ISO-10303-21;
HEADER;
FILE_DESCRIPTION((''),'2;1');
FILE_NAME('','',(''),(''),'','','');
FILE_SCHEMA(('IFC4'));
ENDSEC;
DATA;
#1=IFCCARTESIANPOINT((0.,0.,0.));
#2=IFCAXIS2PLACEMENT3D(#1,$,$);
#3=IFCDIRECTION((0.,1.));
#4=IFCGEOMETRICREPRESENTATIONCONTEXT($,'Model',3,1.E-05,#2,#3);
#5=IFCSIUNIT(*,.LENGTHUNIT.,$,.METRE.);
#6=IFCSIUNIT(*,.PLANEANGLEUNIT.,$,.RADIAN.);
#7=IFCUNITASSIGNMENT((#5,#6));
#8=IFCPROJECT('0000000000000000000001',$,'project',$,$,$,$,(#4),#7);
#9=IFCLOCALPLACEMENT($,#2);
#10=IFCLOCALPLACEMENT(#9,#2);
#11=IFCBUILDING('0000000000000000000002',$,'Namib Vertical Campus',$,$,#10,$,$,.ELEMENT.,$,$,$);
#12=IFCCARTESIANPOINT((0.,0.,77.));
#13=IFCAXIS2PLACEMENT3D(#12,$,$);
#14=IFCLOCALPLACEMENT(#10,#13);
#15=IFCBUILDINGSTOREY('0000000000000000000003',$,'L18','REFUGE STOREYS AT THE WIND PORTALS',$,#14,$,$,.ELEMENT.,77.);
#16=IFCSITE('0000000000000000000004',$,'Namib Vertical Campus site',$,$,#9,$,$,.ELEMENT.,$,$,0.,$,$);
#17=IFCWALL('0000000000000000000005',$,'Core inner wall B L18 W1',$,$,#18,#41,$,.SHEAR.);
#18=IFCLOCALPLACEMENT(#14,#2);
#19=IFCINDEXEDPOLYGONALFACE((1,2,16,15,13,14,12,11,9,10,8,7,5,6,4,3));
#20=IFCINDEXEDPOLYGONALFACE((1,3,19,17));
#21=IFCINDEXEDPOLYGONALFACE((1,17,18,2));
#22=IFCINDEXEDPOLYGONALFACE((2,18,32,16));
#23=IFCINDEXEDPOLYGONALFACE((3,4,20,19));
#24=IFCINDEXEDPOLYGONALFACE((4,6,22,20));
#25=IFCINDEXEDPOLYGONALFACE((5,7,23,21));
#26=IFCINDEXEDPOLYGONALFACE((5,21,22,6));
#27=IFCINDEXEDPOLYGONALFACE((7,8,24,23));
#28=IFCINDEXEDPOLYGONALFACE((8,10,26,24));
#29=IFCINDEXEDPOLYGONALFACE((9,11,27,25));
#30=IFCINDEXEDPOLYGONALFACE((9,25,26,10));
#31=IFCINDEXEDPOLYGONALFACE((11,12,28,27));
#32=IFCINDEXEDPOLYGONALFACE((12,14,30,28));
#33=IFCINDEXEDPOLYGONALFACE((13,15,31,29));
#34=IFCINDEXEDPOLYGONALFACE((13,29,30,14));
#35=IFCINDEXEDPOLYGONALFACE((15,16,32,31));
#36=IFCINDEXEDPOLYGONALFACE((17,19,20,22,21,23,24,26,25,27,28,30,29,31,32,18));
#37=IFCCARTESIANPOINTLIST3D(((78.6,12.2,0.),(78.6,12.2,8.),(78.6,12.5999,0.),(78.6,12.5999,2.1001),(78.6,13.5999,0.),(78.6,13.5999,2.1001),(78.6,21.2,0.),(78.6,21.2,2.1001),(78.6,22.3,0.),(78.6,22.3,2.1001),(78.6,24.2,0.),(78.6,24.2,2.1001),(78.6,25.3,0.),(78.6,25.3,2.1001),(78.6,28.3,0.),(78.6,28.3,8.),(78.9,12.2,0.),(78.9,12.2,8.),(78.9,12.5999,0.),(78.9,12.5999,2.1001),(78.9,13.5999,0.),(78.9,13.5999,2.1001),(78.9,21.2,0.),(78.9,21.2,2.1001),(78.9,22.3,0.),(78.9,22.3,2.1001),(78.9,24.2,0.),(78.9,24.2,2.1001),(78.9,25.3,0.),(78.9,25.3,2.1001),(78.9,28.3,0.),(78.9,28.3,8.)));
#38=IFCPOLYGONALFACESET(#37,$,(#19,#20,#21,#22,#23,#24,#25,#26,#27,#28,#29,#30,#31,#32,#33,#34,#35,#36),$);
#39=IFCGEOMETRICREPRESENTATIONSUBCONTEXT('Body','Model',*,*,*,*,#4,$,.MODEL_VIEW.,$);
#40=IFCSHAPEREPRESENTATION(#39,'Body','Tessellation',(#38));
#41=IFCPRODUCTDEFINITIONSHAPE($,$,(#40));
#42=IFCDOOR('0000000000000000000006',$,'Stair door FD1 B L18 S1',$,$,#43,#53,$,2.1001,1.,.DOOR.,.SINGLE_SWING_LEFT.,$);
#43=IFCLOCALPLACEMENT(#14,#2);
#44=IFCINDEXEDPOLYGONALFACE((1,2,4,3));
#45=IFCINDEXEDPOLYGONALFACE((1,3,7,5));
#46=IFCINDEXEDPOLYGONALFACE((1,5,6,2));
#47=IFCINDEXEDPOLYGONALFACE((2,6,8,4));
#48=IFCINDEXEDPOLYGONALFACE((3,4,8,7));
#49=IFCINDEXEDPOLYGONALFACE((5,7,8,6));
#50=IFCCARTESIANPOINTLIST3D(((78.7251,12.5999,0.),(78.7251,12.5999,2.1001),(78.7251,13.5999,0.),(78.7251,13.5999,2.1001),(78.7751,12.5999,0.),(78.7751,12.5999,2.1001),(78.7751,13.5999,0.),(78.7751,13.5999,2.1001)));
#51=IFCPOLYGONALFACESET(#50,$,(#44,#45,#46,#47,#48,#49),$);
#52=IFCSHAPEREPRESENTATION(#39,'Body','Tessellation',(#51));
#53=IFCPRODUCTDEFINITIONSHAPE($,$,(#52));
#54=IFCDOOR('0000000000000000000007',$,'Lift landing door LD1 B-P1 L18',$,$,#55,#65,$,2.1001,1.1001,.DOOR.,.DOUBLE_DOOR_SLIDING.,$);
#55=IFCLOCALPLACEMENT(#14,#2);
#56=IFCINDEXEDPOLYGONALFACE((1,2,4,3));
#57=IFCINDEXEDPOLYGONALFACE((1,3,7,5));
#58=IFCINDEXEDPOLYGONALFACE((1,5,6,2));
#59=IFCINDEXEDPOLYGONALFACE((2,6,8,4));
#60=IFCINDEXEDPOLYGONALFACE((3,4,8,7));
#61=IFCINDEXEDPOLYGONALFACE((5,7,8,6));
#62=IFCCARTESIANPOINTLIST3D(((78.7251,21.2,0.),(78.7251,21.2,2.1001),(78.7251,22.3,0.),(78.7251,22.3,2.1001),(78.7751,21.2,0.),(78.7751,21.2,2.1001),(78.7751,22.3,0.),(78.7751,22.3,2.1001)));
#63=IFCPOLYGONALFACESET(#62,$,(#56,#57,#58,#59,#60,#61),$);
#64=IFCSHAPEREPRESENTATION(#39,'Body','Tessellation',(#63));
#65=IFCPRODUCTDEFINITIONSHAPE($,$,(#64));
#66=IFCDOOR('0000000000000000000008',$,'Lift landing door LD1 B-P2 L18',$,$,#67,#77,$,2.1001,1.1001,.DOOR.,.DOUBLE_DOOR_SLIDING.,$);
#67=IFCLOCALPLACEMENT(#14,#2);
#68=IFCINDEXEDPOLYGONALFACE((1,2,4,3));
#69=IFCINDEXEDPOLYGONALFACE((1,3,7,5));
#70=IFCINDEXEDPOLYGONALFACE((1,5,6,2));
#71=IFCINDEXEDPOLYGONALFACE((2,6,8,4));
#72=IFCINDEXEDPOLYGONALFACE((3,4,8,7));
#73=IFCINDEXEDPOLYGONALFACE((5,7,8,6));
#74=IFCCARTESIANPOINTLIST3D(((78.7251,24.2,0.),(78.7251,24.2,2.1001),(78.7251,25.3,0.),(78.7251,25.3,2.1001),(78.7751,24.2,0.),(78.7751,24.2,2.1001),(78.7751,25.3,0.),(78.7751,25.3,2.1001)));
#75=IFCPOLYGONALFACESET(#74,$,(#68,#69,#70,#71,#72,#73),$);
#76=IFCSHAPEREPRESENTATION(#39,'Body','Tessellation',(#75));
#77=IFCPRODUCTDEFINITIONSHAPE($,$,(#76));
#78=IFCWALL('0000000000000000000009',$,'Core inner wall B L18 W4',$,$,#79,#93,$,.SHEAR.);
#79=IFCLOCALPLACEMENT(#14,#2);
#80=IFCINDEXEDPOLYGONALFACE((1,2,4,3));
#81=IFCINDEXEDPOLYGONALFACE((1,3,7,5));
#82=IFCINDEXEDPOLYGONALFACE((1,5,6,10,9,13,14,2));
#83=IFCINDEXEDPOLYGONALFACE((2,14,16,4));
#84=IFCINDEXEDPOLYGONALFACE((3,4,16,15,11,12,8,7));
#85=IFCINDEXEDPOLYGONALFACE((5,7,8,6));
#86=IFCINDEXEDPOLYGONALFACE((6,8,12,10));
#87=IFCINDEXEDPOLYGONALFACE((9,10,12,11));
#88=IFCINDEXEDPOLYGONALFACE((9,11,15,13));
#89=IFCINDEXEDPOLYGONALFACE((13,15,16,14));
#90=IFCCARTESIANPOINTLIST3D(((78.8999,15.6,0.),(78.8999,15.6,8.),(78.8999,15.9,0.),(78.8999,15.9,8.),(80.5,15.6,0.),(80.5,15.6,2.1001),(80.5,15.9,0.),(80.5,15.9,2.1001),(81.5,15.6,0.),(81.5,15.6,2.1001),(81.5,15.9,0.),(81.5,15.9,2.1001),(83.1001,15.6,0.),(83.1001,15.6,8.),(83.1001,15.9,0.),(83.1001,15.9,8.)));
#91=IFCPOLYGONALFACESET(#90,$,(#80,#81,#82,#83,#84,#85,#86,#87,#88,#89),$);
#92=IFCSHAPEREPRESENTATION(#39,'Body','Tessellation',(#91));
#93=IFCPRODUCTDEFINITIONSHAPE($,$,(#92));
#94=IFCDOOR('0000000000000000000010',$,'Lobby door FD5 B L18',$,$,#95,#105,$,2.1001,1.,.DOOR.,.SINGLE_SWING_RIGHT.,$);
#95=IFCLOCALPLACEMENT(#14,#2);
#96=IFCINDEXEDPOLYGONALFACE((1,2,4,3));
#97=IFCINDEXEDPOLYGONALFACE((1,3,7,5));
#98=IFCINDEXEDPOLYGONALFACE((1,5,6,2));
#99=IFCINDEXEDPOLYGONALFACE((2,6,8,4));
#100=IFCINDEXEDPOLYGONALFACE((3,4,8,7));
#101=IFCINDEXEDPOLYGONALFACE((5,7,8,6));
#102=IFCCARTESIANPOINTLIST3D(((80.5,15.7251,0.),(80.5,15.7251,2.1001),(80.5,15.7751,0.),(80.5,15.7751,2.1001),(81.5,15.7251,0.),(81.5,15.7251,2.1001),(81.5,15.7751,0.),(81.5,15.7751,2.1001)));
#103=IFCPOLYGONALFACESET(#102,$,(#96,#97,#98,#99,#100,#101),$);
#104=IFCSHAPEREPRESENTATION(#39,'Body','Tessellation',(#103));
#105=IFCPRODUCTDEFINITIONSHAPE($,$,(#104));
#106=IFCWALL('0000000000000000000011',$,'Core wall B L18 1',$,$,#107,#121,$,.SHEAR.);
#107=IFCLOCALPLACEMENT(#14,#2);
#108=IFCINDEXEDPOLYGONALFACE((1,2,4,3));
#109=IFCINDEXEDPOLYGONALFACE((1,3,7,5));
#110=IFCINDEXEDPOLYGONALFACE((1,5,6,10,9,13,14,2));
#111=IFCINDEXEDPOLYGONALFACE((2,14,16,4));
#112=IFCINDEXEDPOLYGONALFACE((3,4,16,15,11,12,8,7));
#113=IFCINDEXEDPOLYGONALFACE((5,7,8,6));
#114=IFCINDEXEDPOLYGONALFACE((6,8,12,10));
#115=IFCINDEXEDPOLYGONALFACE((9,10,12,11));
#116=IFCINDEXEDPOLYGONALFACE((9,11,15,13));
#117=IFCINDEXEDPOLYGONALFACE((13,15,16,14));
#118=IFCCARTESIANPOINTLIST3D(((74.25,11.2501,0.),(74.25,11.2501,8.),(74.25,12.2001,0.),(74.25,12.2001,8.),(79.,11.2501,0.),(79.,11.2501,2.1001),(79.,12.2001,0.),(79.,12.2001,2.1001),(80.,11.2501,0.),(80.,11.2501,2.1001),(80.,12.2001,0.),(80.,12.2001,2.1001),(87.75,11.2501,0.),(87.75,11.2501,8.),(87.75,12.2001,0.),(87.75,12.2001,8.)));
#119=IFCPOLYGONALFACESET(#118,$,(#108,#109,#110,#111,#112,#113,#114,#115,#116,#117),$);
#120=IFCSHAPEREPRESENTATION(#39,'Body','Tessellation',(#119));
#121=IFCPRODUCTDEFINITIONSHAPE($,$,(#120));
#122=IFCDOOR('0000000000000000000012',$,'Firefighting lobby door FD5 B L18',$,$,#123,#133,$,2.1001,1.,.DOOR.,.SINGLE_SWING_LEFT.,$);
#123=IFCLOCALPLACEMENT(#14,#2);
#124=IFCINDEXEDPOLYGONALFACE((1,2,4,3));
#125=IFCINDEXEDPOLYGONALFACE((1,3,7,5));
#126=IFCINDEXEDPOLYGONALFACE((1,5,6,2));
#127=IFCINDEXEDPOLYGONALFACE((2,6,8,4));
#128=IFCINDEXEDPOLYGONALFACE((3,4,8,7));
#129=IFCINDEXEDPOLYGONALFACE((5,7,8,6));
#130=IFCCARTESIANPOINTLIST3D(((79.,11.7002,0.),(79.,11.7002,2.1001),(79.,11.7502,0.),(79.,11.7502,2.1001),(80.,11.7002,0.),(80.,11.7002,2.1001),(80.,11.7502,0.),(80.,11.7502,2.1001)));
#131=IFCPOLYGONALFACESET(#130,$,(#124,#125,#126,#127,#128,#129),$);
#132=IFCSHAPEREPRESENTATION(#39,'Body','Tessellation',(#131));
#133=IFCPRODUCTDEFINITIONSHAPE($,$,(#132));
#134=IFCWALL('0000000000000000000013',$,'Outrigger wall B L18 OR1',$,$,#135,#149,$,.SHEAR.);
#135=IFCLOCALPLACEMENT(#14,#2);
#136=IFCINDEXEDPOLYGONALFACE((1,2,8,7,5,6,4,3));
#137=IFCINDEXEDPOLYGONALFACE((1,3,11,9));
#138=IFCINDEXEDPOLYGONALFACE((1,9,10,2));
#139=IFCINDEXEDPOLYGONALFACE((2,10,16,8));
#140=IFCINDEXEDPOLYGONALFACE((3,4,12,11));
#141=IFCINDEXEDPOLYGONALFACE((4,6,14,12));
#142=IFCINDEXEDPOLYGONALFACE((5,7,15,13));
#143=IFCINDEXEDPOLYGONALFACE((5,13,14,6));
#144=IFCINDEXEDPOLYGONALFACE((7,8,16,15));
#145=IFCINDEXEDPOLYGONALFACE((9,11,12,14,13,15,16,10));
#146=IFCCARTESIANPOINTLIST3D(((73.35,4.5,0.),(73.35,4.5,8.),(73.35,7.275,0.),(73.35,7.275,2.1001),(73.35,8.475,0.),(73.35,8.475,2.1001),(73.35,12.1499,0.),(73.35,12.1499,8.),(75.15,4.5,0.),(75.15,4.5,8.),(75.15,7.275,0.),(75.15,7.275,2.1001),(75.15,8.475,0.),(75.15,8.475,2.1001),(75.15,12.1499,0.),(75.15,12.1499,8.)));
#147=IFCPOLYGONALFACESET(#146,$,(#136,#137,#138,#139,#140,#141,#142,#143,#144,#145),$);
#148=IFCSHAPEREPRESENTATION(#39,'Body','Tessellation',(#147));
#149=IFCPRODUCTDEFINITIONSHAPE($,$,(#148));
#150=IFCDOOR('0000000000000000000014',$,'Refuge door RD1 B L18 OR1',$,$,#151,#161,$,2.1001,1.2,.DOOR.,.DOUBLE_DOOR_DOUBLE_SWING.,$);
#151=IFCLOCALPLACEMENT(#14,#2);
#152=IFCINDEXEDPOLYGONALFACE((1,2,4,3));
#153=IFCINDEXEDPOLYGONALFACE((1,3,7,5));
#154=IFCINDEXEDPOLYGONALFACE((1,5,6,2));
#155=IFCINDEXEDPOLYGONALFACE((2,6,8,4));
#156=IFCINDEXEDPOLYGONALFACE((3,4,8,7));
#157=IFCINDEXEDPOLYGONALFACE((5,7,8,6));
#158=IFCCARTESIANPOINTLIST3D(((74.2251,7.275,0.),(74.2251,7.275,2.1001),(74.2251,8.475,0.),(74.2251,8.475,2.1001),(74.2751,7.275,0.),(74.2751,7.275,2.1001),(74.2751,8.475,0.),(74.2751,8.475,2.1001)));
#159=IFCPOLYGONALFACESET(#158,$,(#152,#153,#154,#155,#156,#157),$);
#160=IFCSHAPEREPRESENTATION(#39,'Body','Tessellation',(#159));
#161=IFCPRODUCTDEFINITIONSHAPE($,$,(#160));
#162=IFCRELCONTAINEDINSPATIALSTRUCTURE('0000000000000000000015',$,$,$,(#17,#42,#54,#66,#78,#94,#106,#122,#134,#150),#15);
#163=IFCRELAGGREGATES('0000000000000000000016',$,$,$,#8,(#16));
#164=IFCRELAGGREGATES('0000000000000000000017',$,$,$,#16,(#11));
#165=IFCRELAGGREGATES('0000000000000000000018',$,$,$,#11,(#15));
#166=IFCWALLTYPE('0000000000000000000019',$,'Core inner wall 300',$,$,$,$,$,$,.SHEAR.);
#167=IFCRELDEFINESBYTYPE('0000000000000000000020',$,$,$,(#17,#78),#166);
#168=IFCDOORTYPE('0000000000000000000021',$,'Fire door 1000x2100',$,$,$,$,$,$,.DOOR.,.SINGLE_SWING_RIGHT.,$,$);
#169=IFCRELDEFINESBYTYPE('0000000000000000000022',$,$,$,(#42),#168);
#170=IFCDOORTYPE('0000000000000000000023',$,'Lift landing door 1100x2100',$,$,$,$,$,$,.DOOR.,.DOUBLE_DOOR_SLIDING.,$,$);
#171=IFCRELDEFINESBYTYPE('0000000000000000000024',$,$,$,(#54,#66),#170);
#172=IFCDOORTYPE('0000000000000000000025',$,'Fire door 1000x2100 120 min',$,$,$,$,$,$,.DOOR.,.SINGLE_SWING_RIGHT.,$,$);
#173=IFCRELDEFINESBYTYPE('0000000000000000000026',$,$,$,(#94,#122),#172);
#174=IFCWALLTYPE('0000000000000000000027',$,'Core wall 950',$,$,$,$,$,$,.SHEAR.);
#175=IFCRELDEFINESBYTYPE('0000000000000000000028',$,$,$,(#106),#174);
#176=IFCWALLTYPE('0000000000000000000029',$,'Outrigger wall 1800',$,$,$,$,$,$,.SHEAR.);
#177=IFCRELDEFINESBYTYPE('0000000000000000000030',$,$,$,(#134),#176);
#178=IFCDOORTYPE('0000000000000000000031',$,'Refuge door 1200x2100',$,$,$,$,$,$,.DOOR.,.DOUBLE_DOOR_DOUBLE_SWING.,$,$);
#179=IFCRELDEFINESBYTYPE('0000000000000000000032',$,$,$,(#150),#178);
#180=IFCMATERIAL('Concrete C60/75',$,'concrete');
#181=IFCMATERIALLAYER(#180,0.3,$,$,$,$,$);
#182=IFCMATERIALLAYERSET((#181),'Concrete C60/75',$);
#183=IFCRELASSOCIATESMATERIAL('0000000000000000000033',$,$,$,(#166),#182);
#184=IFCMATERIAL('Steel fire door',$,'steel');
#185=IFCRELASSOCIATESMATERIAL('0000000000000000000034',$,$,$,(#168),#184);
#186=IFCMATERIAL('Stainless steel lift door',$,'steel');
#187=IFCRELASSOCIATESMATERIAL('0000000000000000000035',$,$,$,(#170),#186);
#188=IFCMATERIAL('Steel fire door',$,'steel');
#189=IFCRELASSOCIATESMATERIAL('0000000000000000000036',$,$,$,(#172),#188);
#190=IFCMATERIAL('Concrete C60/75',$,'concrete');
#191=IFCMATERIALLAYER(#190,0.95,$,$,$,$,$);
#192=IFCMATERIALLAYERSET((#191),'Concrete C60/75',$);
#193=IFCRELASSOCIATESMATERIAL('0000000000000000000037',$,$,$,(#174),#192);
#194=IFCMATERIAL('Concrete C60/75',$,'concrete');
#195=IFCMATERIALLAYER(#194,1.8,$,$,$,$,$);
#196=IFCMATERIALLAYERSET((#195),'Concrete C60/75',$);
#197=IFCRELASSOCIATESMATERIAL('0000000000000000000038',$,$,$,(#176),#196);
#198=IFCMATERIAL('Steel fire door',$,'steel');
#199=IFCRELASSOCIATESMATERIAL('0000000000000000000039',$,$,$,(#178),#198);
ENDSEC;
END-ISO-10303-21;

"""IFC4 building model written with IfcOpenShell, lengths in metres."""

from ifc_helpers import new_model, si_unit, direction, frame, frame_2d, origin, place, context, subcontext, project, spatial, rectangle, extrude, material, layer, layer_set, type_object, element, fill, save


model = new_model("IFC4")

# Units and contexts
model_context = context("Model", 3, precision=1e-05, world=origin(), true_north=direction((0.0, 1.0)))
body_context = subcontext(model_context, "Body", "Model", "MODEL_VIEW")
ifc_project = project(units=[si_unit("LENGTHUNIT", "METRE"), si_unit("PLANEANGLEUNIT", "RADIAN")], contexts=[model_context])

# Site, building, storey
site_placement = place(None, origin())
site = spatial("IfcSite", under=ifc_project, at=site_placement, Name="Namib Vertical Campus site", CompositionType="ELEMENT", RefElevation=0.0)
building_placement = place(site_placement, origin())
building = spatial("IfcBuilding", under=site, at=building_placement, Name="Namib Vertical Campus", CompositionType="ELEMENT")
storey_placement = place(building_placement, frame((0.0, 0.0, 77.0)))
storey = spatial("IfcBuildingStorey", under=building, at=storey_placement, Name="L18", Description="REFUGE STOREYS AT THE WIND PORTALS", CompositionType="ELEMENT", Elevation=77.0)

# Wall, openings, doors
ifc_material_1 = material(Name="Concrete C60/75", Category="concrete")
ifc_layer_1 = layer(ifc_material_1, 0.3)
ifc_layer_set_1 = layer_set([ifc_layer_1], Name="Concrete C60/75")
wall_type_1 = type_object("IfcWallType", Name="Core inner wall 300", PredefinedType="SHEAR", material=ifc_layer_set_1)
wall_1_placement = place(storey_placement, frame((78.75, 12.2, 0.0), z_axis=(0.0, 0.0, 1.0), x_axis=(0.0, 1.0, 0.0)))
wall_1 = element("IfcWall", 1, at=wall_1_placement, inside=storey, type_object=wall_type_1, Name="Core inner wall B L18 W1", PredefinedType="SHEAR", context=body_context, shape_type="SweptSolid", body=[
    extrude(rectangle(XDim=16.1001, YDim=0.3, at=frame_2d((8.05, 0.0))), origin(), (0.0, 0.0, 1.0), 8.0),
])
opening_1_placement = place(wall_1_placement, frame((0.3999, 0.0, 0.0)))
opening_1 = element("IfcOpeningElement", 2, at=opening_1_placement, cuts=wall_1, PredefinedType="OPENING", context=body_context, shape_type="SweptSolid", body=[
    extrude(rectangle(XDim=1.0, YDim=2.1001, at=frame_2d((0.5, 1.05))), frame((0.0, 0.1599, 0.0), z_axis=(0.0, -1.0, 0.0), x_axis=(1.0, 0.0, 0.0)), (0.0, 0.0, 1.0), 0.3201),
])
opening_2_placement = place(wall_1_placement, frame((9.0, 0.0, 0.0)))
opening_2 = element("IfcOpeningElement", 3, at=opening_2_placement, cuts=wall_1, PredefinedType="OPENING", context=body_context, shape_type="SweptSolid", body=[
    extrude(rectangle(XDim=1.1001, YDim=2.1001, at=frame_2d((0.55, 1.05))), frame((0.0, 0.1599, 0.0), z_axis=(0.0, -1.0, 0.0), x_axis=(1.0, 0.0, 0.0)), (0.0, 0.0, 1.0), 0.3201),
])
opening_3_placement = place(wall_1_placement, frame((12.0, 0.0, 0.0)))
opening_3 = element("IfcOpeningElement", 4, at=opening_3_placement, cuts=wall_1, PredefinedType="OPENING", context=body_context, shape_type="SweptSolid", body=[
    extrude(rectangle(XDim=1.1001, YDim=2.1001, at=frame_2d((0.55, 1.05))), frame((0.0, 0.1599, 0.0), z_axis=(0.0, -1.0, 0.0), x_axis=(1.0, 0.0, 0.0)), (0.0, 0.0, 1.0), 0.3201),
])
ifc_material_2 = material(Name="Steel fire door", Category="steel")
door_type_1 = type_object("IfcDoorType", Name="Fire door 1000x2100", OperationType="SINGLE_SWING_RIGHT", PredefinedType="DOOR", material=ifc_material_2)
door_1_placement = place(opening_1_placement, origin())
door_1 = element("IfcDoor", 5, at=door_1_placement, inside=storey, type_object=door_type_1, Name="Stair door FD1 B L18 S1", OperationType="SINGLE_SWING_LEFT", OverallHeight=2.1001, OverallWidth=1.0, PredefinedType="DOOR", context=body_context, shape_type="SweptSolid", body=[
    extrude(rectangle(XDim=1.0, YDim=2.1001, at=frame_2d((0.5, 1.05))), frame((0.0, 0.0249, 0.0), z_axis=(0.0, -1.0, 0.0), x_axis=(1.0, 0.0, 0.0)), (0.0, 0.0, 1.0), 0.05),
])
fill(opening_1, door_1)
ifc_material_3 = material(Name="Stainless steel lift door", Category="steel")
door_type_2 = type_object("IfcDoorType", Name="Lift landing door 1100x2100", OperationType="DOUBLE_DOOR_SLIDING", PredefinedType="DOOR", material=ifc_material_3)
door_2_placement = place(opening_2_placement, origin())
door_2 = element("IfcDoor", 6, at=door_2_placement, inside=storey, type_object=door_type_2, Name="Lift landing door LD1 B-P1 L18", OperationType="DOUBLE_DOOR_SLIDING", OverallHeight=2.1001, OverallWidth=1.1001, PredefinedType="DOOR", context=body_context, shape_type="SweptSolid", body=[
    extrude(rectangle(XDim=1.1001, YDim=2.1001, at=frame_2d((0.55, 1.05))), frame((0.0, 0.0249, 0.0), z_axis=(0.0, -1.0, 0.0), x_axis=(1.0, 0.0, 0.0)), (0.0, 0.0, 1.0), 0.05),
])
fill(opening_2, door_2)
door_3_placement = place(opening_3_placement, origin())
door_3 = element("IfcDoor", 7, at=door_3_placement, inside=storey, type_object=door_type_2, Name="Lift landing door LD1 B-P2 L18", OperationType="DOUBLE_DOOR_SLIDING", OverallHeight=2.1001, OverallWidth=1.1001, PredefinedType="DOOR", context=body_context, shape_type="SweptSolid", body=[
    extrude(rectangle(XDim=1.1001, YDim=2.1001, at=frame_2d((0.55, 1.05))), frame((0.0, 0.0249, 0.0), z_axis=(0.0, -1.0, 0.0), x_axis=(1.0, 0.0, 0.0)), (0.0, 0.0, 1.0), 0.05),
])
fill(opening_3, door_3)

# Walls, openings, doors
wall_2_placement = place(storey_placement, frame((78.8999, 15.75, 0.0), z_axis=(0.0, 0.0, 1.0), x_axis=(1.0, 0.0, 0.0)))
wall_2 = element("IfcWall", 8, at=wall_2_placement, inside=storey, type_object=wall_type_1, Name="Core inner wall B L18 W4", PredefinedType="SHEAR", context=body_context, shape_type="SweptSolid", body=[
    extrude(rectangle(XDim=4.2002, YDim=0.3, at=frame_2d((2.1001, 0.0))), origin(), (0.0, 0.0, 1.0), 8.0),
])
opening_4_placement = place(wall_2_placement, frame((1.6001, 0.0, 0.0)))
opening_4 = element("IfcOpeningElement", 9, at=opening_4_placement, cuts=wall_2, PredefinedType="OPENING", context=body_context, shape_type="SweptSolid", body=[
    extrude(rectangle(XDim=1.0, YDim=2.1001, at=frame_2d((0.5, 1.05))), frame((0.0, 0.1599, 0.0), z_axis=(0.0, -1.0, 0.0), x_axis=(1.0, 0.0, 0.0)), (0.0, 0.0, 1.0), 0.3201),
])
ifc_material_4 = material(Name="Steel fire door", Category="steel")
door_type_3 = type_object("IfcDoorType", Name="Fire door 1000x2100 120 min", OperationType="SINGLE_SWING_RIGHT", PredefinedType="DOOR", material=ifc_material_4)
door_4_placement = place(opening_4_placement, frame((1.0, 0.0, 0.0), z_axis=(0.0, 0.0, 1.0), x_axis=(-1.0, 0.0, 0.0)))
door_4 = element("IfcDoor", 10, at=door_4_placement, inside=storey, type_object=door_type_3, Name="Lobby door FD5 B L18", OperationType="SINGLE_SWING_RIGHT", OverallHeight=2.1001, OverallWidth=1.0, PredefinedType="DOOR", context=body_context, shape_type="SweptSolid", body=[
    extrude(rectangle(XDim=1.0, YDim=2.1001, at=frame_2d((0.5, 1.05))), frame((0.0, 0.0249, 0.0), z_axis=(0.0, -1.0, 0.0), x_axis=(1.0, 0.0, 0.0)), (0.0, 0.0, 1.0), 0.05),
])
fill(opening_4, door_4)
ifc_material_5 = material(Name="Concrete C60/75", Category="concrete")
ifc_layer_2 = layer(ifc_material_5, 0.95)
ifc_layer_set_2 = layer_set([ifc_layer_2], Name="Concrete C60/75")
wall_type_2 = type_object("IfcWallType", Name="Core wall 950", PredefinedType="SHEAR", material=ifc_layer_set_2)
wall_3_placement = place(storey_placement, frame((74.25, 11.7251, 0.0), z_axis=(0.0, 0.0, 1.0), x_axis=(1.0, 0.0, 0.0)))
wall_3 = element("IfcWall", 11, at=wall_3_placement, inside=storey, type_object=wall_type_2, Name="Core wall B L18 1", PredefinedType="SHEAR", context=body_context, shape_type="SweptSolid", body=[
    extrude(rectangle(XDim=13.5, YDim=0.95, at=frame_2d((6.75, 0.0))), origin(), (0.0, 0.0, 1.0), 8.0),
])
opening_5_placement = place(wall_3_placement, frame((4.75, 0.0, 0.0)))
opening_5 = element("IfcOpeningElement", 12, at=opening_5_placement, cuts=wall_3, PredefinedType="OPENING", context=body_context, shape_type="SweptSolid", body=[
    extrude(rectangle(XDim=1.0, YDim=2.1001, at=frame_2d((0.5, 1.05))), frame((0.0, 0.4849, 0.0), z_axis=(0.0, -1.0, 0.0), x_axis=(1.0, 0.0, 0.0)), (0.0, 0.0, 1.0), 0.97),
])
door_5_placement = place(opening_5_placement, frame((1.0, 0.0, 0.0), z_axis=(0.0, 0.0, 1.0), x_axis=(-1.0, 0.0, 0.0)))
door_5 = element("IfcDoor", 13, at=door_5_placement, inside=storey, type_object=door_type_3, Name="Firefighting lobby door FD5 B L18", OperationType="SINGLE_SWING_LEFT", OverallHeight=2.1001, OverallWidth=1.0, PredefinedType="DOOR", context=body_context, shape_type="SweptSolid", body=[
    extrude(rectangle(XDim=1.0, YDim=2.1001, at=frame_2d((0.5, 1.05))), frame((0.0, 0.0249, 0.0), z_axis=(0.0, -1.0, 0.0), x_axis=(1.0, 0.0, 0.0)), (0.0, 0.0, 1.0), 0.05),
])
fill(opening_5, door_5)
ifc_material_6 = material(Name="Concrete C60/75", Category="concrete")
ifc_layer_3 = layer(ifc_material_6, 1.8)
ifc_layer_set_3 = layer_set([ifc_layer_3], Name="Concrete C60/75")
wall_type_3 = type_object("IfcWallType", Name="Outrigger wall 1800", PredefinedType="SHEAR", material=ifc_layer_set_3)
wall_4_placement = place(storey_placement, frame((74.25, 4.5, 0.0), z_axis=(0.0, 0.0, 1.0), x_axis=(0.0, 1.0, 0.0)))
wall_4 = element("IfcWall", 14, at=wall_4_placement, inside=storey, type_object=wall_type_3, Name="Outrigger wall B L18 OR1", PredefinedType="SHEAR", context=body_context, shape_type="SweptSolid", body=[
    extrude(rectangle(XDim=7.6499, YDim=1.8, at=frame_2d((3.825, 0.0))), origin(), (0.0, 0.0, 1.0), 8.0),
])
opening_6_placement = place(wall_4_placement, frame((2.7749, 0.0, 0.0)))
opening_6 = element("IfcOpeningElement", 15, at=opening_6_placement, cuts=wall_4, PredefinedType="OPENING", context=body_context, shape_type="SweptSolid", body=[
    extrude(rectangle(XDim=1.2, YDim=2.1001, at=frame_2d((0.6001, 1.05))), frame((0.0, 0.9099, 0.0), z_axis=(0.0, -1.0, 0.0), x_axis=(1.0, 0.0, 0.0)), (0.0, 0.0, 1.0), 1.8201),
])
ifc_material_7 = material(Name="Steel fire door", Category="steel")
door_type_4 = type_object("IfcDoorType", Name="Refuge door 1200x2100", OperationType="DOUBLE_DOOR_DOUBLE_SWING", PredefinedType="DOOR", material=ifc_material_7)
door_6_placement = place(opening_6_placement, origin())
door_6 = element("IfcDoor", 16, at=door_6_placement, inside=storey, type_object=door_type_4, Name="Refuge door RD1 B L18 OR1", OperationType="DOUBLE_DOOR_DOUBLE_SWING", OverallHeight=2.1001, OverallWidth=1.2, PredefinedType="DOOR", context=body_context, shape_type="SweptSolid", body=[
    extrude(rectangle(XDim=1.2, YDim=2.1001, at=frame_2d((0.6001, 1.05))), frame((0.0, 0.0249, 0.0), z_axis=(0.0, -1.0, 0.0), x_axis=(1.0, 0.0, 0.0)), (0.0, 0.0, 1.0), 0.05),
])
fill(opening_6, door_6)

save(model, "model.ifc")
